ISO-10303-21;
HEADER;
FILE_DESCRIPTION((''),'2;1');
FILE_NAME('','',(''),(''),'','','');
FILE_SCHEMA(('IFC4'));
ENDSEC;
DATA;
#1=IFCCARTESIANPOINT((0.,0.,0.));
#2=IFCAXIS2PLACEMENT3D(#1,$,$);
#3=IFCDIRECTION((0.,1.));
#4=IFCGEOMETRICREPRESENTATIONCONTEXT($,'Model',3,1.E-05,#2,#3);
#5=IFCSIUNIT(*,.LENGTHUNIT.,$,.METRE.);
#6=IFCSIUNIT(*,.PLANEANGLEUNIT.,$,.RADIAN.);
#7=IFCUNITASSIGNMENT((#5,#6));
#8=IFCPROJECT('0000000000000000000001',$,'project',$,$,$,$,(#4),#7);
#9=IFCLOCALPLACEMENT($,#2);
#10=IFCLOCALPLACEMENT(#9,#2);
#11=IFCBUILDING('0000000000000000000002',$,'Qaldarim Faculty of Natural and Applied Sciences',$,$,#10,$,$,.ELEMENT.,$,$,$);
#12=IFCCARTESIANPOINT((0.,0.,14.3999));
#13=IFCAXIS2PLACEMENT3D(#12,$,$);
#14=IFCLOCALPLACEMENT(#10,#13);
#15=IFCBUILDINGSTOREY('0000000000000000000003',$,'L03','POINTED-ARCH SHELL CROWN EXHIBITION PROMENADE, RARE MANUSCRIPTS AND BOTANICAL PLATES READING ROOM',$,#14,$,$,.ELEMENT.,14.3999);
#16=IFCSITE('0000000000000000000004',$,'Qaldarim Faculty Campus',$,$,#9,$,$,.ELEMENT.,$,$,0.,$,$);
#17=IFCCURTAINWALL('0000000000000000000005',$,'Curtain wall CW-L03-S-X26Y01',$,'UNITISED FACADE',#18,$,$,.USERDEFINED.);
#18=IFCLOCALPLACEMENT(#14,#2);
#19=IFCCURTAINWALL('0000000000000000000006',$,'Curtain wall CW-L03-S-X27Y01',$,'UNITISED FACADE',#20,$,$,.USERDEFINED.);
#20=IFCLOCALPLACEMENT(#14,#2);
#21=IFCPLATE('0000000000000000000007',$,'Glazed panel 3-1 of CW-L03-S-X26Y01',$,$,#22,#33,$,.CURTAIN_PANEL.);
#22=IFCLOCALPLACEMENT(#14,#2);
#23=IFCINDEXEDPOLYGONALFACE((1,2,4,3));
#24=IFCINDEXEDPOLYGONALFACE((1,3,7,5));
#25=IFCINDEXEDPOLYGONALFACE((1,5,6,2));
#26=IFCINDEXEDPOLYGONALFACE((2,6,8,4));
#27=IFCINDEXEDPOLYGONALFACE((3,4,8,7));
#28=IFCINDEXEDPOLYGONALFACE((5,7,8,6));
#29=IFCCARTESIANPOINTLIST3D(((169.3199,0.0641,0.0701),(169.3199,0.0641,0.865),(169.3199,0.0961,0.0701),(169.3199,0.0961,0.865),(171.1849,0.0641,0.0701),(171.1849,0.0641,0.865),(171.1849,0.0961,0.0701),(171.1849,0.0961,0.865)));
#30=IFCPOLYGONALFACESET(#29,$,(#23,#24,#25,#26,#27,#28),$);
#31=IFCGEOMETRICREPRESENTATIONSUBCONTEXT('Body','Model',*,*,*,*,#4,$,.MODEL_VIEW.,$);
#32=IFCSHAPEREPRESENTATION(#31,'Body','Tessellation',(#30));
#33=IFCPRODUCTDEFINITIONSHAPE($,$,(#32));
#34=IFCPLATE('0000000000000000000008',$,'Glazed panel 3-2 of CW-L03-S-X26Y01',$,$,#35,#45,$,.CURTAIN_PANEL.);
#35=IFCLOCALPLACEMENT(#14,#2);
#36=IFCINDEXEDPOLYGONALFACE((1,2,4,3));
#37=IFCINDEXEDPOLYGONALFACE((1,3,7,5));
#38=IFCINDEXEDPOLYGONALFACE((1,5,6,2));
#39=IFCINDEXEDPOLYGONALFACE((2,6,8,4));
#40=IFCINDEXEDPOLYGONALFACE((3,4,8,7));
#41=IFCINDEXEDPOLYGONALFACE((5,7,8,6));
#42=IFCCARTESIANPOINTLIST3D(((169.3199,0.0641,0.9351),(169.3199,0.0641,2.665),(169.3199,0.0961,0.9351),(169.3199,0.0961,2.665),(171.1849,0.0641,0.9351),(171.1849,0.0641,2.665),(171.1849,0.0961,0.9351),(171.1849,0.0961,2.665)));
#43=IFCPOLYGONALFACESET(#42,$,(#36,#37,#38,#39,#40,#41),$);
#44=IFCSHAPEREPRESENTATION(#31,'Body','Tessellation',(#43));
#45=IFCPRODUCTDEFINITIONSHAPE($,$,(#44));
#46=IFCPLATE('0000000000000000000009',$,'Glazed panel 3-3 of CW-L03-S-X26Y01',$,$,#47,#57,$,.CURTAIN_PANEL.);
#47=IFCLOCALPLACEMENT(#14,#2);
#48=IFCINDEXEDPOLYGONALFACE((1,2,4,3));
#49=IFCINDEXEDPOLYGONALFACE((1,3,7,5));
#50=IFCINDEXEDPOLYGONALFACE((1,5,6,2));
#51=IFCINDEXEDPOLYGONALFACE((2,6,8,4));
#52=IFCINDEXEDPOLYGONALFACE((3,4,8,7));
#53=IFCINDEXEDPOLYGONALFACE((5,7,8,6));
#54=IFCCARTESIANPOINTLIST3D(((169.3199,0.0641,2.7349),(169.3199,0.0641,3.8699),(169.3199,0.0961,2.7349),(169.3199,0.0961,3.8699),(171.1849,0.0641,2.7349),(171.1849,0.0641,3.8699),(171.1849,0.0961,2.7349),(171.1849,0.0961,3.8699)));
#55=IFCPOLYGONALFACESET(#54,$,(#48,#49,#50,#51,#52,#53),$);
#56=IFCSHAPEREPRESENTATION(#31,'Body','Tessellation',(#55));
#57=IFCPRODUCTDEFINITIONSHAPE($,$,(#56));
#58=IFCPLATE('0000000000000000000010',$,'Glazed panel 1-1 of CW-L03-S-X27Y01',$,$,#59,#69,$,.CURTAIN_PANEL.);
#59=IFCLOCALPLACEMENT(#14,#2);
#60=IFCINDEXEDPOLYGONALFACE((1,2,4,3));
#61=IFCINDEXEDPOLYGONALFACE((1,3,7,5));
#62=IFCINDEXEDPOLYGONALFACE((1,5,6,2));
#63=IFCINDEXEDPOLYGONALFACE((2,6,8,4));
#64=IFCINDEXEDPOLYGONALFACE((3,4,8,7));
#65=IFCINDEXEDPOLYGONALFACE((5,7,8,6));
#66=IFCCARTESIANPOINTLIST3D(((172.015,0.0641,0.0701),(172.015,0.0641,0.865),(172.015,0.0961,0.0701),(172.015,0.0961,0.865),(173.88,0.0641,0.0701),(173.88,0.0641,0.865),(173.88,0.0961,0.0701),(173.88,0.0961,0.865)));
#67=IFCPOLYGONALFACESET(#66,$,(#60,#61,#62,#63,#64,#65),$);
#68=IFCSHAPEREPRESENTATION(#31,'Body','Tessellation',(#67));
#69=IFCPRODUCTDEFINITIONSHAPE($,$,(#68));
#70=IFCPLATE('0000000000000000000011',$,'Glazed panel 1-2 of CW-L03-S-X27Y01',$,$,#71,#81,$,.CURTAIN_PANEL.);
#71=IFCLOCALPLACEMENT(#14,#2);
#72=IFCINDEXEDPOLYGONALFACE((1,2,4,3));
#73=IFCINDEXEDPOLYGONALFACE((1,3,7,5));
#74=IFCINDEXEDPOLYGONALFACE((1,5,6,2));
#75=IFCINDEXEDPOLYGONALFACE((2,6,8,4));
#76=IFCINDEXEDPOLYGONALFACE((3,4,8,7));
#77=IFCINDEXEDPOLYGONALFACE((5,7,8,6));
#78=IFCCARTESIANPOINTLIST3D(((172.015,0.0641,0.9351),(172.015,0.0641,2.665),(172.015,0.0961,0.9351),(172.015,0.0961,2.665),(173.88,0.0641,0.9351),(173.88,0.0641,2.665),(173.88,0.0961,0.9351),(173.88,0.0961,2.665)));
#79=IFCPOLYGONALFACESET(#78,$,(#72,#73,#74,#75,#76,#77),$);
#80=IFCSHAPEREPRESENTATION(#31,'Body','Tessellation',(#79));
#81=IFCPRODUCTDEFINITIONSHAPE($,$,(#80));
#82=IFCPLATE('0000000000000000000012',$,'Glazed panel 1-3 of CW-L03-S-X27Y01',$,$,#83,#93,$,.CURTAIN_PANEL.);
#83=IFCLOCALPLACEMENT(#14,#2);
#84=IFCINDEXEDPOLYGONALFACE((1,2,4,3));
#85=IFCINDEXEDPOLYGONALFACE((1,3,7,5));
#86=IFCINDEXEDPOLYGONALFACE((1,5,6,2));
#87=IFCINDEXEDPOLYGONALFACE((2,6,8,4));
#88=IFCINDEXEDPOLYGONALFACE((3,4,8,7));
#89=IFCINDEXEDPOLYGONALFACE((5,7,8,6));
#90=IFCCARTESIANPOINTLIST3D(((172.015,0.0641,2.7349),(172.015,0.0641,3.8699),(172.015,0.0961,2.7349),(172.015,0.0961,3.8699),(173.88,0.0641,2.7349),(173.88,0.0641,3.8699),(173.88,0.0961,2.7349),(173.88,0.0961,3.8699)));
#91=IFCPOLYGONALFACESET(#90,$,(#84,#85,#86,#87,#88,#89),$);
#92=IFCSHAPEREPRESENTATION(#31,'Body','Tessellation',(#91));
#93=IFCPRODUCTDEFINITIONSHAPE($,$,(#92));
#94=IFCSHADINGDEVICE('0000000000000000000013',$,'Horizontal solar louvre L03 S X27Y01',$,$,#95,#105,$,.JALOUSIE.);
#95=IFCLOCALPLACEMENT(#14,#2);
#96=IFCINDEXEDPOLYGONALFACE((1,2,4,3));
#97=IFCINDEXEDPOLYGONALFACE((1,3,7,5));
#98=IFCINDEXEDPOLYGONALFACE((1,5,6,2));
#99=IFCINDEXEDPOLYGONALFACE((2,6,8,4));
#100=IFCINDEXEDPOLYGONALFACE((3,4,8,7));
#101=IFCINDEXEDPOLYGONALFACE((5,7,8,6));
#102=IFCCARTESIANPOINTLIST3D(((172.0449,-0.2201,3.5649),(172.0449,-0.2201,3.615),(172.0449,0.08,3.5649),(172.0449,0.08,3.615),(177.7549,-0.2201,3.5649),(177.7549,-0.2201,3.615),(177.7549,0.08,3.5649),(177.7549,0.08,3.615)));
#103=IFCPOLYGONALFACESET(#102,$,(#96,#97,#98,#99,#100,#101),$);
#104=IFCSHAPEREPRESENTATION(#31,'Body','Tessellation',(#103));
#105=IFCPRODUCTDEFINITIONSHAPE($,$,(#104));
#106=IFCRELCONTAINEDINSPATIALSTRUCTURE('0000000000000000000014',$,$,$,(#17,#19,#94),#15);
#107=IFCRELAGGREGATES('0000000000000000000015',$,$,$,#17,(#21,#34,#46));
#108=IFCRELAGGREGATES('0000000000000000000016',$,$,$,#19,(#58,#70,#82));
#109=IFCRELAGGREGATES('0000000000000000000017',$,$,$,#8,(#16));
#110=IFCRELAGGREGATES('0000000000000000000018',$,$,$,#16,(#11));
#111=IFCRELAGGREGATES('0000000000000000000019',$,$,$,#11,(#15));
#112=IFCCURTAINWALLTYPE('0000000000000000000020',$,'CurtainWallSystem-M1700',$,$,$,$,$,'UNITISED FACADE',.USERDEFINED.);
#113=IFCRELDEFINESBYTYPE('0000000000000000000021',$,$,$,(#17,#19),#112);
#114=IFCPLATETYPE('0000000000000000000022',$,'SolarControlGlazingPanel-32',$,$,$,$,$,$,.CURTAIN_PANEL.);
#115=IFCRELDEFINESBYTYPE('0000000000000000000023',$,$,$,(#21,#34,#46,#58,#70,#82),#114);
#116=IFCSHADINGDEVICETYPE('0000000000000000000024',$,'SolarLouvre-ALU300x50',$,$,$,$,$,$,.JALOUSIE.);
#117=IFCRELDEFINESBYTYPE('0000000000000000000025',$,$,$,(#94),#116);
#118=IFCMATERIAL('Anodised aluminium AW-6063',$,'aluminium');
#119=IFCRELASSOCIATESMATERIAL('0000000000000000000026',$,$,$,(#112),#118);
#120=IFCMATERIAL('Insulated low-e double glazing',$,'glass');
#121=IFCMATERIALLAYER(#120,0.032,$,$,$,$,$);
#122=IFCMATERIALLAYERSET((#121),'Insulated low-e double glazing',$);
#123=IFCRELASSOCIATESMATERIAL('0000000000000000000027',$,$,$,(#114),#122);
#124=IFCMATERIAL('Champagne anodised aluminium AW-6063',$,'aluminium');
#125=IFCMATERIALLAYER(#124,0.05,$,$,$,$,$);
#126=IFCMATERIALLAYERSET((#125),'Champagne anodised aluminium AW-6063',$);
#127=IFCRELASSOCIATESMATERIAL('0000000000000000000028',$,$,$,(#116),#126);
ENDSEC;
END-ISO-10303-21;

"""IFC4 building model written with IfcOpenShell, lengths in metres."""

from ifc_helpers import new_model, si_unit, direction, frame, origin, origin_2d, place, context, subcontext, project, spatial, rectangle, extrude, material, layer, layer_set, type_object, element, aggregate, save


model = new_model("IFC4")

# Units and contexts
model_context = context("Model", 3, precision=1e-05, world=origin(), true_north=direction((0.0, 1.0)))
body_context = subcontext(model_context, "Body", "Model", "MODEL_VIEW")
ifc_project = project(units=[si_unit("LENGTHUNIT", "METRE"), si_unit("PLANEANGLEUNIT", "RADIAN")], contexts=[model_context])

# Site, building, storey
site_placement = place(None, origin())
site = spatial("IfcSite", under=ifc_project, at=site_placement, Name="Qaldarim Faculty Campus", CompositionType="ELEMENT", RefElevation=0.0)
building_placement = place(site_placement, origin())
building = spatial("IfcBuilding", under=site, at=building_placement, Name="Qaldarim Faculty of Natural and Applied Sciences", CompositionType="ELEMENT")
storey_placement = place(building_placement, frame((0.0, 0.0, 14.3999)))
storey = spatial("IfcBuildingStorey", under=building, at=storey_placement, Name="L03", Description="POINTED-ARCH SHELL CROWN EXHIBITION PROMENADE, RARE MANUSCRIPTS AND BOTANICAL PLATES READING ROOM", CompositionType="ELEMENT", Elevation=14.3999)

# Curtain wall
ifc_material_1 = material(Name="Anodised aluminium AW-6063", Category="aluminium")
curtain_wall_type = type_object("IfcCurtainWallType", Name="CurtainWallSystem-M1700", ElementType="UNITISED FACADE", PredefinedType="USERDEFINED", material=ifc_material_1)
curtain_wall_1_placement = place(storey_placement, origin())
curtain_wall_1 = element("IfcCurtainWall", 1, at=curtain_wall_1_placement, inside=storey, type_object=curtain_wall_type, Name="Curtain wall CW-L03-S-X26Y01", ObjectType="UNITISED FACADE", PredefinedType="USERDEFINED")

# Curtain wall
curtain_wall_2_placement = place(storey_placement, origin())
curtain_wall_2 = element("IfcCurtainWall", 2, at=curtain_wall_2_placement, inside=storey, type_object=curtain_wall_type, Name="Curtain wall CW-L03-S-X27Y01", ObjectType="UNITISED FACADE", PredefinedType="USERDEFINED")

# Plates
ifc_material_2 = material(Name="Insulated low-e double glazing", Category="glass")
ifc_layer_1 = layer(ifc_material_2, 0.032)
ifc_layer_set_1 = layer_set([ifc_layer_1], Name="Insulated low-e double glazing")
plate_type = type_object("IfcPlateType", Name="SolarControlGlazingPanel-32", PredefinedType="CURTAIN_PANEL", material=ifc_layer_set_1)
plate_1_placement = place(storey_placement, frame((170.2524, 0.0801, 0.0701), z_axis=(0.0, 0.0, 1.0), x_axis=(1.0, 0.0, 0.0)))
plate_1 = element("IfcPlate", 3, at=plate_1_placement, type_object=plate_type, Name="Glazed panel 3-1 of CW-L03-S-X26Y01", PredefinedType="CURTAIN_PANEL", context=body_context, shape_type="SweptSolid", body=[
    extrude(rectangle(XDim=1.865, YDim=0.032, at=origin_2d()), origin(), (0.0, 0.0, 1.0), 0.7949),
])
plate_2_placement = place(storey_placement, frame((170.2524, 0.0801, 0.9351), z_axis=(0.0, 0.0, 1.0), x_axis=(1.0, 0.0, 0.0)))
plate_2 = element("IfcPlate", 4, at=plate_2_placement, type_object=plate_type, Name="Glazed panel 3-2 of CW-L03-S-X26Y01", PredefinedType="CURTAIN_PANEL", context=body_context, shape_type="SweptSolid", body=[
    extrude(rectangle(XDim=1.865, YDim=0.032, at=origin_2d()), origin(), (0.0, 0.0, 1.0), 1.73),
])
plate_3_placement = place(storey_placement, frame((170.2524, 0.0801, 2.7349), z_axis=(0.0, 0.0, 1.0), x_axis=(1.0, 0.0, 0.0)))
plate_3 = element("IfcPlate", 5, at=plate_3_placement, type_object=plate_type, Name="Glazed panel 3-3 of CW-L03-S-X26Y01", PredefinedType="CURTAIN_PANEL", context=body_context, shape_type="SweptSolid", body=[
    extrude(rectangle(XDim=1.865, YDim=0.032, at=origin_2d()), origin(), (0.0, 0.0, 1.0), 1.135),
])
aggregate(curtain_wall_1, [plate_1, plate_2, plate_3])
plate_4_placement = place(storey_placement, frame((172.9475, 0.0801, 0.0701), z_axis=(0.0, 0.0, 1.0), x_axis=(1.0, 0.0, 0.0)))
plate_4 = element("IfcPlate", 6, at=plate_4_placement, type_object=plate_type, Name="Glazed panel 1-1 of CW-L03-S-X27Y01", PredefinedType="CURTAIN_PANEL", context=body_context, shape_type="SweptSolid", body=[
    extrude(rectangle(XDim=1.865, YDim=0.032, at=origin_2d()), origin(), (0.0, 0.0, 1.0), 0.7949),
])
plate_5_placement = place(storey_placement, frame((172.9475, 0.0801, 0.9351), z_axis=(0.0, 0.0, 1.0), x_axis=(1.0, 0.0, 0.0)))
plate_5 = element("IfcPlate", 7, at=plate_5_placement, type_object=plate_type, Name="Glazed panel 1-2 of CW-L03-S-X27Y01", PredefinedType="CURTAIN_PANEL", context=body_context, shape_type="SweptSolid", body=[
    extrude(rectangle(XDim=1.865, YDim=0.032, at=origin_2d()), origin(), (0.0, 0.0, 1.0), 1.73),
])
plate_6_placement = place(storey_placement, frame((172.9475, 0.0801, 2.7349), z_axis=(0.0, 0.0, 1.0), x_axis=(1.0, 0.0, 0.0)))
plate_6 = element("IfcPlate", 8, at=plate_6_placement, type_object=plate_type, Name="Glazed panel 1-3 of CW-L03-S-X27Y01", PredefinedType="CURTAIN_PANEL", context=body_context, shape_type="SweptSolid", body=[
    extrude(rectangle(XDim=1.865, YDim=0.032, at=origin_2d()), origin(), (0.0, 0.0, 1.0), 1.135),
])
aggregate(curtain_wall_2, [plate_4, plate_5, plate_6])

# Shading device
ifc_material_3 = material(Name="Champagne anodised aluminium AW-6063", Category="aluminium")
ifc_layer_2 = layer(ifc_material_3, 0.05)
ifc_layer_set_2 = layer_set([ifc_layer_2], Name="Champagne anodised aluminium AW-6063")
shading_device_type = type_object("IfcShadingDeviceType", Name="SolarLouvre-ALU300x50", PredefinedType="JALOUSIE", material=ifc_layer_set_2)
shading_device_placement = place(storey_placement, frame((174.8999, -0.0701, 3.5649), z_axis=(0.0, 0.0, 1.0), x_axis=(1.0, 0.0, 0.0)))
element("IfcShadingDevice", 9, at=shading_device_placement, inside=storey, type_object=shading_device_type, Name="Horizontal solar louvre L03 S X27Y01", PredefinedType="JALOUSIE", context=body_context, shape_type="SweptSolid", body=[
    extrude(rectangle(XDim=5.71, YDim=0.3, at=origin_2d()), origin(), (0.0, 0.0, 1.0), 0.05),
])

save(model, "model.ifc")
